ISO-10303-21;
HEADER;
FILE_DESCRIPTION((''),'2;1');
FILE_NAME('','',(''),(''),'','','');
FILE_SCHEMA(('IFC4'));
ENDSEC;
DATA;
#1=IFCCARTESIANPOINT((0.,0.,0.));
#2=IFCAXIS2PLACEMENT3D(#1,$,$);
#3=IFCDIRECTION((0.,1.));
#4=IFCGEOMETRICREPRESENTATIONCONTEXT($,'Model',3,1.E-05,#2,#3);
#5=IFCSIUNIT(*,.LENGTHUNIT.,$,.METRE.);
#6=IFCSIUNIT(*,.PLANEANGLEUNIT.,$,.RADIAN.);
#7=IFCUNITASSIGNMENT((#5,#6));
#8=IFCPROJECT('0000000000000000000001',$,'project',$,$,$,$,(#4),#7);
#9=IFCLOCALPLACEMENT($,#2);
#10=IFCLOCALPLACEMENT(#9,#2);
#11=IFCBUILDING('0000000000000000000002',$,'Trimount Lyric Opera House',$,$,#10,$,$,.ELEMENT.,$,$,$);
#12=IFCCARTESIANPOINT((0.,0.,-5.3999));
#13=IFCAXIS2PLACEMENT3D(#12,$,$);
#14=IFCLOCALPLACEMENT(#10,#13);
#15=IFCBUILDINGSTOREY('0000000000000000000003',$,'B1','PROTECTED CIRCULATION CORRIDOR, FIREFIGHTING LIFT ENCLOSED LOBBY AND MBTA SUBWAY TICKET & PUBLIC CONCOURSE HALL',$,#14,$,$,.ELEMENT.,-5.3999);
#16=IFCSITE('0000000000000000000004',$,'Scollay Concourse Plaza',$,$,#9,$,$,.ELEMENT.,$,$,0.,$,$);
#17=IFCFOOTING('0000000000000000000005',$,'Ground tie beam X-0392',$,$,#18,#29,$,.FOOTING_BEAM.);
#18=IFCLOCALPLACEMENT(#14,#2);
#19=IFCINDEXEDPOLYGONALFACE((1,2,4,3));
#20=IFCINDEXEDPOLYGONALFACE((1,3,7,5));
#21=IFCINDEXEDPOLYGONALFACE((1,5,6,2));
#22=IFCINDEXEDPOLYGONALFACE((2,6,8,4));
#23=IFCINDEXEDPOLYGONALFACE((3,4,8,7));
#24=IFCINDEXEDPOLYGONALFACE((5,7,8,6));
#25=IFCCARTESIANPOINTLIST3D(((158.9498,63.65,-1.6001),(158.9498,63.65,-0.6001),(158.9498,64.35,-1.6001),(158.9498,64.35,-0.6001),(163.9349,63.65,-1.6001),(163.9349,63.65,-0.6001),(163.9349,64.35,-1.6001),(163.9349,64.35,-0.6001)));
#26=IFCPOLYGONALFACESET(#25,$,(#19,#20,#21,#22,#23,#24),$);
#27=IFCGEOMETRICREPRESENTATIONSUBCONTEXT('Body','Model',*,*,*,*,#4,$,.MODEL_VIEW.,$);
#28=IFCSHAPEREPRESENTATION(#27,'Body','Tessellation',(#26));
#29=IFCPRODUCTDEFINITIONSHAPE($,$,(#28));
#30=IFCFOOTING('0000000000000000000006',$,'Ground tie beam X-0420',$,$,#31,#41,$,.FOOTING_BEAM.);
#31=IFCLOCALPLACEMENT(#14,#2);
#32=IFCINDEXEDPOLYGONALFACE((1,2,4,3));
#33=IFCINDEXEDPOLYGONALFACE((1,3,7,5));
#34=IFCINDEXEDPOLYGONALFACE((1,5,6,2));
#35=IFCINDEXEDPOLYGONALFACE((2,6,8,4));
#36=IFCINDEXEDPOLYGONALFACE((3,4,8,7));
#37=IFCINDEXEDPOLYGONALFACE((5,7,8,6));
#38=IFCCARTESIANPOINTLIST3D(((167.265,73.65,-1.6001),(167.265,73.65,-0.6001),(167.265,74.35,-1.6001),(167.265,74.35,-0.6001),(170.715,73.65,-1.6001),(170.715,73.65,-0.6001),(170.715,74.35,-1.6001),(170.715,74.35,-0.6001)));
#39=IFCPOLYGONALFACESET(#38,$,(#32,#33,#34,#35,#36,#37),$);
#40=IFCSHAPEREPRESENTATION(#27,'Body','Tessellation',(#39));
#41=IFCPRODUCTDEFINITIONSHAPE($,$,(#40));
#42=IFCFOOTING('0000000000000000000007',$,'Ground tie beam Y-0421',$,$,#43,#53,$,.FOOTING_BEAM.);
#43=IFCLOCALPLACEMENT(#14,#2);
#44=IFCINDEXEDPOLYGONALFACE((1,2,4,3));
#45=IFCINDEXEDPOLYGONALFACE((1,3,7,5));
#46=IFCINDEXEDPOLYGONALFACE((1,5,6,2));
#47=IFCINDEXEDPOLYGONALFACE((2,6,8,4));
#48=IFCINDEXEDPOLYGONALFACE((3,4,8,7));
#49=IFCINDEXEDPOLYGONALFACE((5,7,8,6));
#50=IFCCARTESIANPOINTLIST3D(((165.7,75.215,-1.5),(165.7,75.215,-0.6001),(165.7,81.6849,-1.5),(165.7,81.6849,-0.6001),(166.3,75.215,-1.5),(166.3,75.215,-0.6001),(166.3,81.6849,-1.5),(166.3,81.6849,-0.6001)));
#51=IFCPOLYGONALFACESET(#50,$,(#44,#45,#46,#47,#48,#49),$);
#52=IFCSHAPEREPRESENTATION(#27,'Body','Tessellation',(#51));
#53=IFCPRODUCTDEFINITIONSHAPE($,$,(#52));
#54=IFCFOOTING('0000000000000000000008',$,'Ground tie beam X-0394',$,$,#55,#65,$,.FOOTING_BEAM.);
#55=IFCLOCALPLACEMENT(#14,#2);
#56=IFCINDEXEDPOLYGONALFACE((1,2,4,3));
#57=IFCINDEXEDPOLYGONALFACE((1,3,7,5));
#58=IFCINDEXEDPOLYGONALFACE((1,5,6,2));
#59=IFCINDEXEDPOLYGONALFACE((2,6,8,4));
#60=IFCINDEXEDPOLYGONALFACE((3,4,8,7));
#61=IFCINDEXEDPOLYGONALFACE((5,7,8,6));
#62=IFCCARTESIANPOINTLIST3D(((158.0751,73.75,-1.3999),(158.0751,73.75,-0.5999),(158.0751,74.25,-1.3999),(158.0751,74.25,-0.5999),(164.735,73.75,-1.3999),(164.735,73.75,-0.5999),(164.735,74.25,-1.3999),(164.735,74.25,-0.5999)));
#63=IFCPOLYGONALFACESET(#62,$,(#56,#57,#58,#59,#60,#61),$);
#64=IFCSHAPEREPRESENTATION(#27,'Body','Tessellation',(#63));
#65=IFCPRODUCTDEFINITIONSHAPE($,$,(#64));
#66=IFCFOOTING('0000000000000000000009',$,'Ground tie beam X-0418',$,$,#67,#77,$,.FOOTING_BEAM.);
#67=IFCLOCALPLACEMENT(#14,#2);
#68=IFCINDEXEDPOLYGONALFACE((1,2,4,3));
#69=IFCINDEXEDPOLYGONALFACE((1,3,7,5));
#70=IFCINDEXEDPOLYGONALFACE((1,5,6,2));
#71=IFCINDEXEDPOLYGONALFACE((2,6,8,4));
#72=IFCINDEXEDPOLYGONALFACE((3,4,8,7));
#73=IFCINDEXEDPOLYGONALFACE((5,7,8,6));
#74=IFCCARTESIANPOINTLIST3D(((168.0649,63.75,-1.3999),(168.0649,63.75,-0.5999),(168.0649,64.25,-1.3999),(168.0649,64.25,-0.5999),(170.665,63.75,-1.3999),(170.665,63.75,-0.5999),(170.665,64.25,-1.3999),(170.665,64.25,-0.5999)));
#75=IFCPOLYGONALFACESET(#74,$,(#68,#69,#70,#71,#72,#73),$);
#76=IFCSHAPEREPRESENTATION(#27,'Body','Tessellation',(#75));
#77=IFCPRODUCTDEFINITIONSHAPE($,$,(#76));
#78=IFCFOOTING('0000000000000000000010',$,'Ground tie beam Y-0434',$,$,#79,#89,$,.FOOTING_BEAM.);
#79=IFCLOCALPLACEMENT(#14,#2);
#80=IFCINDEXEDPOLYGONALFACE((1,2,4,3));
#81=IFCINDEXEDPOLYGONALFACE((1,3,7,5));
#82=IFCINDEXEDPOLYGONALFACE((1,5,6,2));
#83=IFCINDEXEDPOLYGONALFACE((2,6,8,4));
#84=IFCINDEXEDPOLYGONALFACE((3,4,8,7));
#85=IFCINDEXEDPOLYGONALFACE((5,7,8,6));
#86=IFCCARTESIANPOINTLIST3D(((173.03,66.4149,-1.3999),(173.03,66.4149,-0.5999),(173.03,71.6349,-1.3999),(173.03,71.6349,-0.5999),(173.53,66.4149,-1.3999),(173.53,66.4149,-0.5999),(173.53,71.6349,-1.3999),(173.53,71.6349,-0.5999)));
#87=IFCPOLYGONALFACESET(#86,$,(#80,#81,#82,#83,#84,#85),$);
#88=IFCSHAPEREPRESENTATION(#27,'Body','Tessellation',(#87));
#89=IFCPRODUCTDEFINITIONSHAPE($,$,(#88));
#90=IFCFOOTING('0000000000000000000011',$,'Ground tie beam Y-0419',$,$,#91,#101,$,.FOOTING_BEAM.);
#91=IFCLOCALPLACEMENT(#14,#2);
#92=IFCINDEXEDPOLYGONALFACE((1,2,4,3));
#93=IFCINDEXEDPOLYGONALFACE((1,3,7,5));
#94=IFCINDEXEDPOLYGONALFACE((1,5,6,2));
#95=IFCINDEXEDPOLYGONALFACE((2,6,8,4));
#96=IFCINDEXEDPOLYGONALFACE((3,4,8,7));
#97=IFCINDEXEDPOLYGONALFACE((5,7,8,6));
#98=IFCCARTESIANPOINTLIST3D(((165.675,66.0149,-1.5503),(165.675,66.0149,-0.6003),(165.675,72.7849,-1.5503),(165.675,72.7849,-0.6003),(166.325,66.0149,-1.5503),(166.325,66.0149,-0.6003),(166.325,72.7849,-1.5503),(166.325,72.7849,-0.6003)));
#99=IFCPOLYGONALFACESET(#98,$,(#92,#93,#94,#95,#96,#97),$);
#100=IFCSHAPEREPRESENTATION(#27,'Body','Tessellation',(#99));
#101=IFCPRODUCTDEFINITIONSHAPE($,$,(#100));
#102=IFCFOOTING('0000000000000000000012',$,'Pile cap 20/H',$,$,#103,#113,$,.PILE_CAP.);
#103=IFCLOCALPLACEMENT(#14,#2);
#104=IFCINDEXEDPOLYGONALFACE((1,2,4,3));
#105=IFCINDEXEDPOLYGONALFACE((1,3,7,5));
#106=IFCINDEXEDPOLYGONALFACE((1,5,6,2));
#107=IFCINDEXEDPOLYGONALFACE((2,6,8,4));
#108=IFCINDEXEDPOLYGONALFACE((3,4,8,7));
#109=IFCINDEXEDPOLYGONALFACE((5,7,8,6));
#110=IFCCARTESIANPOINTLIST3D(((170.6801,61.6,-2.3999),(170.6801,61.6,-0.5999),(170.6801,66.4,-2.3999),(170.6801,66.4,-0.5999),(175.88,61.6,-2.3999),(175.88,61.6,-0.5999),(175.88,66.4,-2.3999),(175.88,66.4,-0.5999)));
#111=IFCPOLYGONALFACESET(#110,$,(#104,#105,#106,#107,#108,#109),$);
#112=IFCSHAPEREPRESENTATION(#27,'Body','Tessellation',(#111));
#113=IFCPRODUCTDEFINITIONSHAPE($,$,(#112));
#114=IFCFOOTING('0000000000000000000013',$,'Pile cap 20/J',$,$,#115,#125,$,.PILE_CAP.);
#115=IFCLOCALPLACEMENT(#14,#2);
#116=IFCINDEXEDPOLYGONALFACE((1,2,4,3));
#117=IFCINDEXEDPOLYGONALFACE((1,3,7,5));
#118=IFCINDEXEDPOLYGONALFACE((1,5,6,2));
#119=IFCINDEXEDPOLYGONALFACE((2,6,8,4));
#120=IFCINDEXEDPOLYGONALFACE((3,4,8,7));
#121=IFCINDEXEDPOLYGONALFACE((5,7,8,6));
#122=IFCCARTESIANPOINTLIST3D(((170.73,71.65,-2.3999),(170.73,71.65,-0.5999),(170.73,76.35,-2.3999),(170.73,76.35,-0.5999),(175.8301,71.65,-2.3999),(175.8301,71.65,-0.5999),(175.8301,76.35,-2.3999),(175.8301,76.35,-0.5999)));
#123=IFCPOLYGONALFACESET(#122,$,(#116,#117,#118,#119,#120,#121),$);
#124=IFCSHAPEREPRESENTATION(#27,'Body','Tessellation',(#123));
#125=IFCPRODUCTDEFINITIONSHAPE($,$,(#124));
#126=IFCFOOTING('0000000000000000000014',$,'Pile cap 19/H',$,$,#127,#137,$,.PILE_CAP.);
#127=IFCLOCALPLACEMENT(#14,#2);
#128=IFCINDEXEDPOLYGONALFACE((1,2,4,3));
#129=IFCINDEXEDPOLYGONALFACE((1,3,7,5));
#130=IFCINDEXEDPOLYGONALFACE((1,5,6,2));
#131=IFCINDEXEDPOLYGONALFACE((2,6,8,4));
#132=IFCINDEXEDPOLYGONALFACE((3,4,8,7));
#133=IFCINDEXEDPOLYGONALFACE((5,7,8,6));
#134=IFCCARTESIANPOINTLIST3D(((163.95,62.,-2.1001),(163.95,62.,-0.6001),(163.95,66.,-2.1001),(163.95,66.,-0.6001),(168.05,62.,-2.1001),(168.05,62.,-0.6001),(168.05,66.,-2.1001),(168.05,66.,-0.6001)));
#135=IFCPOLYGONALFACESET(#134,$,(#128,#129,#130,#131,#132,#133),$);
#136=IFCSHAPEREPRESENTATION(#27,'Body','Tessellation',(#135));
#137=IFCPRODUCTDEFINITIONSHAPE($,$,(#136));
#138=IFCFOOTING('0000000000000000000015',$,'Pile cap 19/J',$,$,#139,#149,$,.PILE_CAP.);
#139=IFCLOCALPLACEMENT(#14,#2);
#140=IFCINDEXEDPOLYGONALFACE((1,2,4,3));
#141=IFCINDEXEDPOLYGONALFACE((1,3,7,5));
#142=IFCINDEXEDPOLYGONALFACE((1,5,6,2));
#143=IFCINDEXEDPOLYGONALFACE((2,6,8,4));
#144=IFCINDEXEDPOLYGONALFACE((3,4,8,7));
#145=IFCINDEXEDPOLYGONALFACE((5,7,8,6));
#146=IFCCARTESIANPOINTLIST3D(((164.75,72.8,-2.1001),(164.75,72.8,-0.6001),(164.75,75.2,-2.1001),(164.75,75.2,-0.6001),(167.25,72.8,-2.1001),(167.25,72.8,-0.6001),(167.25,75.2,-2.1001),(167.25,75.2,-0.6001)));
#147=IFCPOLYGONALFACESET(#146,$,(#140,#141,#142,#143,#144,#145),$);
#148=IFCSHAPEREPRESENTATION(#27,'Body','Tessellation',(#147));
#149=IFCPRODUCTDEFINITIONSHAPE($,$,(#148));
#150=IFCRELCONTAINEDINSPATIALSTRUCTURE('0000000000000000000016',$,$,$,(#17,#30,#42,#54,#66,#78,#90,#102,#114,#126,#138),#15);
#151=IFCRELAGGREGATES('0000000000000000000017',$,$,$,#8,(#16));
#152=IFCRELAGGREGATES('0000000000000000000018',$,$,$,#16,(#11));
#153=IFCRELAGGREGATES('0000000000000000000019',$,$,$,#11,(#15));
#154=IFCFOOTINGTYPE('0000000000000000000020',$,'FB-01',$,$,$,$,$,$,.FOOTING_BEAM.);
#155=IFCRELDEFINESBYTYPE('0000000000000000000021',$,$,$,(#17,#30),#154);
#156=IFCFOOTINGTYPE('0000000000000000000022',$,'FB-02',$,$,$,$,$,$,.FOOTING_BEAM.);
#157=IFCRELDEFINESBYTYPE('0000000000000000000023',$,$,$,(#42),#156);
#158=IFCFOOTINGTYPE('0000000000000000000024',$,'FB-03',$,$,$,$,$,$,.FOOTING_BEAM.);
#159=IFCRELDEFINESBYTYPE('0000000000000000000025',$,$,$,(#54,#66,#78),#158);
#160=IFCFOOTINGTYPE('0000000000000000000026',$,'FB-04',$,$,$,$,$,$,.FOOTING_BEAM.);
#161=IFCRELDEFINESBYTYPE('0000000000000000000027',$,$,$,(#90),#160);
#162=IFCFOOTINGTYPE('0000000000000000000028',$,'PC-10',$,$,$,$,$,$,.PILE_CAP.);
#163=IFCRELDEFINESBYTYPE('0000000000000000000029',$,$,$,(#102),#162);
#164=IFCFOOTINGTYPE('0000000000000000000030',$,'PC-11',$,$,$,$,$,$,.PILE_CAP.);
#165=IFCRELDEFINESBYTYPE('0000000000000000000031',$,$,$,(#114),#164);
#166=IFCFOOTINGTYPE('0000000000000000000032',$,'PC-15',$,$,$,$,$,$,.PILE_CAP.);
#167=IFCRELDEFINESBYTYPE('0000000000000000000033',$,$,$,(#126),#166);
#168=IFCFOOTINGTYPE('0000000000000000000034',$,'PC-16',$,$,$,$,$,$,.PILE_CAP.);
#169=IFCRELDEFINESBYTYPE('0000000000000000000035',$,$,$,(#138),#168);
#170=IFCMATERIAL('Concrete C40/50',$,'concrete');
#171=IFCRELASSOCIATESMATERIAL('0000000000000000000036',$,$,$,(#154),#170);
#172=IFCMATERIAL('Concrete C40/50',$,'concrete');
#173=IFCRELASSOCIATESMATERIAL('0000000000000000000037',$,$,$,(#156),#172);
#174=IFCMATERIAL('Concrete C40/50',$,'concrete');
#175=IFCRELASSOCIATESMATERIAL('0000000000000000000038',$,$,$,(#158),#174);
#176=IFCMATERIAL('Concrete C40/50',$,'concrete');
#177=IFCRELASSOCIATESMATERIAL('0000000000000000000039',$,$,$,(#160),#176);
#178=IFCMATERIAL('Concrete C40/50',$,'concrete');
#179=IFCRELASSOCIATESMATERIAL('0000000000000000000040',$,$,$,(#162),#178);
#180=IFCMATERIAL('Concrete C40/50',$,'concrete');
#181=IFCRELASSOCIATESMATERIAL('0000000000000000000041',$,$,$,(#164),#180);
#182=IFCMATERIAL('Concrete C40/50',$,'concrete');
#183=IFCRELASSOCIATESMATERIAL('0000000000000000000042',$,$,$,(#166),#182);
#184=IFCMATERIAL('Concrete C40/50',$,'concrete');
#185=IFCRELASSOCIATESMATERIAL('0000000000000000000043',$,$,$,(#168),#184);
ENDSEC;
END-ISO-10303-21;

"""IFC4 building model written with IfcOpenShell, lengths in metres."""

from ifc_helpers import new_model, si_unit, direction, frame, origin, origin_2d, place, context, subcontext, project, spatial, rectangle, extrude, material, type_object, element, save


model = new_model("IFC4")

# Units and contexts
model_context = context("Model", 3, precision=1e-05, world=origin(), true_north=direction((0.0, 1.0)))
body_context = subcontext(model_context, "Body", "Model", "MODEL_VIEW")
ifc_project = project(units=[si_unit("LENGTHUNIT", "METRE"), si_unit("PLANEANGLEUNIT", "RADIAN")], contexts=[model_context])

# Site, building, storey
site_placement = place(None, origin())
site = spatial("IfcSite", under=ifc_project, at=site_placement, Name="Scollay Concourse Plaza", CompositionType="ELEMENT", RefElevation=0.0)
building_placement = place(site_placement, origin())
building = spatial("IfcBuilding", under=site, at=building_placement, Name="Trimount Lyric Opera House", CompositionType="ELEMENT")
storey_placement = place(building_placement, frame((0.0, 0.0, -5.3999)))
storey = spatial("IfcBuildingStorey", under=building, at=storey_placement, Name="B1", Description="PROTECTED CIRCULATION CORRIDOR, FIREFIGHTING LIFT ENCLOSED LOBBY AND MBTA SUBWAY TICKET & PUBLIC CONCOURSE HALL", CompositionType="ELEMENT", Elevation=-5.3999)

# Footings
ifc_material_1 = material(Name="Concrete C40/50", Category="concrete")
footing_type_1 = type_object("IfcFootingType", Name="FB-01", PredefinedType="FOOTING_BEAM", material=ifc_material_1)
footing_1_placement = place(storey_placement, frame((161.4424, 64.0, -1.6001), z_axis=(0.0, 0.0, 1.0), x_axis=(1.0, 0.0, 0.0)))
element("IfcFooting", 1, at=footing_1_placement, inside=storey, type_object=footing_type_1, Name="Ground tie beam X-0392", PredefinedType="FOOTING_BEAM", context=body_context, shape_type="SweptSolid", body=[
    extrude(rectangle(XDim=4.9851, YDim=0.7, at=origin_2d()), origin(), (0.0, 0.0, 1.0), 1.0),
])
footing_2_placement = place(storey_placement, frame((168.99, 74.0, -1.6001), z_axis=(0.0, 0.0, 1.0), x_axis=(1.0, 0.0, 0.0)))
element("IfcFooting", 2, at=footing_2_placement, inside=storey, type_object=footing_type_1, Name="Ground tie beam X-0420", PredefinedType="FOOTING_BEAM", context=body_context, shape_type="SweptSolid", body=[
    extrude(rectangle(XDim=3.45, YDim=0.7, at=origin_2d()), origin(), (0.0, 0.0, 1.0), 1.0),
])
ifc_material_2 = material(Name="Concrete C40/50", Category="concrete")
footing_type_2 = type_object("IfcFootingType", Name="FB-02", PredefinedType="FOOTING_BEAM", material=ifc_material_2)
footing_3_placement = place(storey_placement, frame((166.0, 78.45, -1.5), z_axis=(0.0, 0.0, 1.0), x_axis=(1.0, 0.0, 0.0)))
element("IfcFooting", 3, at=footing_3_placement, inside=storey, type_object=footing_type_2, Name="Ground tie beam Y-0421", PredefinedType="FOOTING_BEAM", context=body_context, shape_type="SweptSolid", body=[
    extrude(rectangle(XDim=0.6001, YDim=6.47, at=origin_2d()), origin(), (0.0, 0.0, 1.0), 0.8999),
])
ifc_material_3 = material(Name="Concrete C40/50", Category="concrete")
footing_type_3 = type_object("IfcFootingType", Name="FB-03", PredefinedType="FOOTING_BEAM", material=ifc_material_3)
footing_4_placement = place(storey_placement, frame((161.405, 74.0, -1.3999), z_axis=(0.0, 0.0, 1.0), x_axis=(1.0, 0.0, 0.0)))
element("IfcFooting", 4, at=footing_4_placement, inside=storey, type_object=footing_type_3, Name="Ground tie beam X-0394", PredefinedType="FOOTING_BEAM", context=body_context, shape_type="SweptSolid", body=[
    extrude(rectangle(XDim=6.6599, YDim=0.5, at=origin_2d()), origin(), (0.0, 0.0, 1.0), 0.8),
])
footing_5_placement = place(storey_placement, frame((169.365, 64.0, -1.3999), z_axis=(0.0, 0.0, 1.0), x_axis=(1.0, 0.0, 0.0)))
element("IfcFooting", 5, at=footing_5_placement, inside=storey, type_object=footing_type_3, Name="Ground tie beam X-0418", PredefinedType="FOOTING_BEAM", context=body_context, shape_type="SweptSolid", body=[
    extrude(rectangle(XDim=2.6001, YDim=0.5, at=origin_2d()), origin(), (0.0, 0.0, 1.0), 0.8),
])
footing_6_placement = place(storey_placement, frame((173.28, 69.0249, -1.3999), z_axis=(0.0, 0.0, 1.0), x_axis=(1.0, 0.0, 0.0)))
element("IfcFooting", 6, at=footing_6_placement, inside=storey, type_object=footing_type_3, Name="Ground tie beam Y-0434", PredefinedType="FOOTING_BEAM", context=body_context, shape_type="SweptSolid", body=[
    extrude(rectangle(XDim=0.5, YDim=5.22, at=origin_2d()), origin(), (0.0, 0.0, 1.0), 0.8),
])
ifc_material_4 = material(Name="Concrete C40/50", Category="concrete")
footing_type_4 = type_object("IfcFootingType", Name="FB-04", PredefinedType="FOOTING_BEAM", material=ifc_material_4)
footing_7_placement = place(storey_placement, frame((166.0, 69.3999, -1.5503), z_axis=(0.0, 0.0, 1.0), x_axis=(1.0, 0.0, 0.0)))
element("IfcFooting", 7, at=footing_7_placement, inside=storey, type_object=footing_type_4, Name="Ground tie beam Y-0419", PredefinedType="FOOTING_BEAM", context=body_context, shape_type="SweptSolid", body=[
    extrude(rectangle(XDim=0.6499, YDim=6.77, at=origin_2d()), origin(), (0.0, 0.0, 1.0), 0.95),
])
ifc_material_5 = material(Name="Concrete C40/50", Category="concrete")
footing_type_5 = type_object("IfcFootingType", Name="PC-10", PredefinedType="PILE_CAP", material=ifc_material_5)
footing_8_placement = place(storey_placement, frame((173.28, 64.0, -2.3999), z_axis=(0.0, 0.0, 1.0), x_axis=(1.0, 0.0, 0.0)))
element("IfcFooting", 8, at=footing_8_placement, inside=storey, type_object=footing_type_5, Name="Pile cap 20/H", PredefinedType="PILE_CAP", context=body_context, shape_type="SweptSolid", body=[
    extrude(rectangle(XDim=5.2, YDim=4.8, at=origin_2d()), origin(), (0.0, 0.0, 1.0), 1.8),
])
ifc_material_6 = material(Name="Concrete C40/50", Category="concrete")
footing_type_6 = type_object("IfcFootingType", Name="PC-11", PredefinedType="PILE_CAP", material=ifc_material_6)
footing_9_placement = place(storey_placement, frame((173.28, 74.0, -2.3999), z_axis=(0.0, 0.0, 1.0), x_axis=(1.0, 0.0, 0.0)))
element("IfcFooting", 9, at=footing_9_placement, inside=storey, type_object=footing_type_6, Name="Pile cap 20/J", PredefinedType="PILE_CAP", context=body_context, shape_type="SweptSolid", body=[
    extrude(rectangle(XDim=5.1001, YDim=4.7, at=origin_2d()), origin(), (0.0, 0.0, 1.0), 1.8),
])
ifc_material_7 = material(Name="Concrete C40/50", Category="concrete")
footing_type_7 = type_object("IfcFootingType", Name="PC-15", PredefinedType="PILE_CAP", material=ifc_material_7)
footing_10_placement = place(storey_placement, frame((166.0, 64.0, -2.1001), z_axis=(0.0, 0.0, 1.0), x_axis=(1.0, 0.0, 0.0)))
element("IfcFooting", 10, at=footing_10_placement, inside=storey, type_object=footing_type_7, Name="Pile cap 19/H", PredefinedType="PILE_CAP", context=body_context, shape_type="SweptSolid", body=[
    extrude(rectangle(XDim=4.1001, YDim=4.0, at=origin_2d()), origin(), (0.0, 0.0, 1.0), 1.5),
])
ifc_material_8 = material(Name="Concrete C40/50", Category="concrete")
footing_type_8 = type_object("IfcFootingType", Name="PC-16", PredefinedType="PILE_CAP", material=ifc_material_8)
footing_11_placement = place(storey_placement, frame((166.0, 74.0, -2.1001), z_axis=(0.0, 0.0, 1.0), x_axis=(1.0, 0.0, 0.0)))
element("IfcFooting", 11, at=footing_11_placement, inside=storey, type_object=footing_type_8, Name="Pile cap 19/J", PredefinedType="PILE_CAP", context=body_context, shape_type="SweptSolid", body=[
    extrude(rectangle(XDim=2.5, YDim=2.3999, at=origin_2d()), origin(), (0.0, 0.0, 1.0), 1.5),
])

save(model, "model.ifc")
